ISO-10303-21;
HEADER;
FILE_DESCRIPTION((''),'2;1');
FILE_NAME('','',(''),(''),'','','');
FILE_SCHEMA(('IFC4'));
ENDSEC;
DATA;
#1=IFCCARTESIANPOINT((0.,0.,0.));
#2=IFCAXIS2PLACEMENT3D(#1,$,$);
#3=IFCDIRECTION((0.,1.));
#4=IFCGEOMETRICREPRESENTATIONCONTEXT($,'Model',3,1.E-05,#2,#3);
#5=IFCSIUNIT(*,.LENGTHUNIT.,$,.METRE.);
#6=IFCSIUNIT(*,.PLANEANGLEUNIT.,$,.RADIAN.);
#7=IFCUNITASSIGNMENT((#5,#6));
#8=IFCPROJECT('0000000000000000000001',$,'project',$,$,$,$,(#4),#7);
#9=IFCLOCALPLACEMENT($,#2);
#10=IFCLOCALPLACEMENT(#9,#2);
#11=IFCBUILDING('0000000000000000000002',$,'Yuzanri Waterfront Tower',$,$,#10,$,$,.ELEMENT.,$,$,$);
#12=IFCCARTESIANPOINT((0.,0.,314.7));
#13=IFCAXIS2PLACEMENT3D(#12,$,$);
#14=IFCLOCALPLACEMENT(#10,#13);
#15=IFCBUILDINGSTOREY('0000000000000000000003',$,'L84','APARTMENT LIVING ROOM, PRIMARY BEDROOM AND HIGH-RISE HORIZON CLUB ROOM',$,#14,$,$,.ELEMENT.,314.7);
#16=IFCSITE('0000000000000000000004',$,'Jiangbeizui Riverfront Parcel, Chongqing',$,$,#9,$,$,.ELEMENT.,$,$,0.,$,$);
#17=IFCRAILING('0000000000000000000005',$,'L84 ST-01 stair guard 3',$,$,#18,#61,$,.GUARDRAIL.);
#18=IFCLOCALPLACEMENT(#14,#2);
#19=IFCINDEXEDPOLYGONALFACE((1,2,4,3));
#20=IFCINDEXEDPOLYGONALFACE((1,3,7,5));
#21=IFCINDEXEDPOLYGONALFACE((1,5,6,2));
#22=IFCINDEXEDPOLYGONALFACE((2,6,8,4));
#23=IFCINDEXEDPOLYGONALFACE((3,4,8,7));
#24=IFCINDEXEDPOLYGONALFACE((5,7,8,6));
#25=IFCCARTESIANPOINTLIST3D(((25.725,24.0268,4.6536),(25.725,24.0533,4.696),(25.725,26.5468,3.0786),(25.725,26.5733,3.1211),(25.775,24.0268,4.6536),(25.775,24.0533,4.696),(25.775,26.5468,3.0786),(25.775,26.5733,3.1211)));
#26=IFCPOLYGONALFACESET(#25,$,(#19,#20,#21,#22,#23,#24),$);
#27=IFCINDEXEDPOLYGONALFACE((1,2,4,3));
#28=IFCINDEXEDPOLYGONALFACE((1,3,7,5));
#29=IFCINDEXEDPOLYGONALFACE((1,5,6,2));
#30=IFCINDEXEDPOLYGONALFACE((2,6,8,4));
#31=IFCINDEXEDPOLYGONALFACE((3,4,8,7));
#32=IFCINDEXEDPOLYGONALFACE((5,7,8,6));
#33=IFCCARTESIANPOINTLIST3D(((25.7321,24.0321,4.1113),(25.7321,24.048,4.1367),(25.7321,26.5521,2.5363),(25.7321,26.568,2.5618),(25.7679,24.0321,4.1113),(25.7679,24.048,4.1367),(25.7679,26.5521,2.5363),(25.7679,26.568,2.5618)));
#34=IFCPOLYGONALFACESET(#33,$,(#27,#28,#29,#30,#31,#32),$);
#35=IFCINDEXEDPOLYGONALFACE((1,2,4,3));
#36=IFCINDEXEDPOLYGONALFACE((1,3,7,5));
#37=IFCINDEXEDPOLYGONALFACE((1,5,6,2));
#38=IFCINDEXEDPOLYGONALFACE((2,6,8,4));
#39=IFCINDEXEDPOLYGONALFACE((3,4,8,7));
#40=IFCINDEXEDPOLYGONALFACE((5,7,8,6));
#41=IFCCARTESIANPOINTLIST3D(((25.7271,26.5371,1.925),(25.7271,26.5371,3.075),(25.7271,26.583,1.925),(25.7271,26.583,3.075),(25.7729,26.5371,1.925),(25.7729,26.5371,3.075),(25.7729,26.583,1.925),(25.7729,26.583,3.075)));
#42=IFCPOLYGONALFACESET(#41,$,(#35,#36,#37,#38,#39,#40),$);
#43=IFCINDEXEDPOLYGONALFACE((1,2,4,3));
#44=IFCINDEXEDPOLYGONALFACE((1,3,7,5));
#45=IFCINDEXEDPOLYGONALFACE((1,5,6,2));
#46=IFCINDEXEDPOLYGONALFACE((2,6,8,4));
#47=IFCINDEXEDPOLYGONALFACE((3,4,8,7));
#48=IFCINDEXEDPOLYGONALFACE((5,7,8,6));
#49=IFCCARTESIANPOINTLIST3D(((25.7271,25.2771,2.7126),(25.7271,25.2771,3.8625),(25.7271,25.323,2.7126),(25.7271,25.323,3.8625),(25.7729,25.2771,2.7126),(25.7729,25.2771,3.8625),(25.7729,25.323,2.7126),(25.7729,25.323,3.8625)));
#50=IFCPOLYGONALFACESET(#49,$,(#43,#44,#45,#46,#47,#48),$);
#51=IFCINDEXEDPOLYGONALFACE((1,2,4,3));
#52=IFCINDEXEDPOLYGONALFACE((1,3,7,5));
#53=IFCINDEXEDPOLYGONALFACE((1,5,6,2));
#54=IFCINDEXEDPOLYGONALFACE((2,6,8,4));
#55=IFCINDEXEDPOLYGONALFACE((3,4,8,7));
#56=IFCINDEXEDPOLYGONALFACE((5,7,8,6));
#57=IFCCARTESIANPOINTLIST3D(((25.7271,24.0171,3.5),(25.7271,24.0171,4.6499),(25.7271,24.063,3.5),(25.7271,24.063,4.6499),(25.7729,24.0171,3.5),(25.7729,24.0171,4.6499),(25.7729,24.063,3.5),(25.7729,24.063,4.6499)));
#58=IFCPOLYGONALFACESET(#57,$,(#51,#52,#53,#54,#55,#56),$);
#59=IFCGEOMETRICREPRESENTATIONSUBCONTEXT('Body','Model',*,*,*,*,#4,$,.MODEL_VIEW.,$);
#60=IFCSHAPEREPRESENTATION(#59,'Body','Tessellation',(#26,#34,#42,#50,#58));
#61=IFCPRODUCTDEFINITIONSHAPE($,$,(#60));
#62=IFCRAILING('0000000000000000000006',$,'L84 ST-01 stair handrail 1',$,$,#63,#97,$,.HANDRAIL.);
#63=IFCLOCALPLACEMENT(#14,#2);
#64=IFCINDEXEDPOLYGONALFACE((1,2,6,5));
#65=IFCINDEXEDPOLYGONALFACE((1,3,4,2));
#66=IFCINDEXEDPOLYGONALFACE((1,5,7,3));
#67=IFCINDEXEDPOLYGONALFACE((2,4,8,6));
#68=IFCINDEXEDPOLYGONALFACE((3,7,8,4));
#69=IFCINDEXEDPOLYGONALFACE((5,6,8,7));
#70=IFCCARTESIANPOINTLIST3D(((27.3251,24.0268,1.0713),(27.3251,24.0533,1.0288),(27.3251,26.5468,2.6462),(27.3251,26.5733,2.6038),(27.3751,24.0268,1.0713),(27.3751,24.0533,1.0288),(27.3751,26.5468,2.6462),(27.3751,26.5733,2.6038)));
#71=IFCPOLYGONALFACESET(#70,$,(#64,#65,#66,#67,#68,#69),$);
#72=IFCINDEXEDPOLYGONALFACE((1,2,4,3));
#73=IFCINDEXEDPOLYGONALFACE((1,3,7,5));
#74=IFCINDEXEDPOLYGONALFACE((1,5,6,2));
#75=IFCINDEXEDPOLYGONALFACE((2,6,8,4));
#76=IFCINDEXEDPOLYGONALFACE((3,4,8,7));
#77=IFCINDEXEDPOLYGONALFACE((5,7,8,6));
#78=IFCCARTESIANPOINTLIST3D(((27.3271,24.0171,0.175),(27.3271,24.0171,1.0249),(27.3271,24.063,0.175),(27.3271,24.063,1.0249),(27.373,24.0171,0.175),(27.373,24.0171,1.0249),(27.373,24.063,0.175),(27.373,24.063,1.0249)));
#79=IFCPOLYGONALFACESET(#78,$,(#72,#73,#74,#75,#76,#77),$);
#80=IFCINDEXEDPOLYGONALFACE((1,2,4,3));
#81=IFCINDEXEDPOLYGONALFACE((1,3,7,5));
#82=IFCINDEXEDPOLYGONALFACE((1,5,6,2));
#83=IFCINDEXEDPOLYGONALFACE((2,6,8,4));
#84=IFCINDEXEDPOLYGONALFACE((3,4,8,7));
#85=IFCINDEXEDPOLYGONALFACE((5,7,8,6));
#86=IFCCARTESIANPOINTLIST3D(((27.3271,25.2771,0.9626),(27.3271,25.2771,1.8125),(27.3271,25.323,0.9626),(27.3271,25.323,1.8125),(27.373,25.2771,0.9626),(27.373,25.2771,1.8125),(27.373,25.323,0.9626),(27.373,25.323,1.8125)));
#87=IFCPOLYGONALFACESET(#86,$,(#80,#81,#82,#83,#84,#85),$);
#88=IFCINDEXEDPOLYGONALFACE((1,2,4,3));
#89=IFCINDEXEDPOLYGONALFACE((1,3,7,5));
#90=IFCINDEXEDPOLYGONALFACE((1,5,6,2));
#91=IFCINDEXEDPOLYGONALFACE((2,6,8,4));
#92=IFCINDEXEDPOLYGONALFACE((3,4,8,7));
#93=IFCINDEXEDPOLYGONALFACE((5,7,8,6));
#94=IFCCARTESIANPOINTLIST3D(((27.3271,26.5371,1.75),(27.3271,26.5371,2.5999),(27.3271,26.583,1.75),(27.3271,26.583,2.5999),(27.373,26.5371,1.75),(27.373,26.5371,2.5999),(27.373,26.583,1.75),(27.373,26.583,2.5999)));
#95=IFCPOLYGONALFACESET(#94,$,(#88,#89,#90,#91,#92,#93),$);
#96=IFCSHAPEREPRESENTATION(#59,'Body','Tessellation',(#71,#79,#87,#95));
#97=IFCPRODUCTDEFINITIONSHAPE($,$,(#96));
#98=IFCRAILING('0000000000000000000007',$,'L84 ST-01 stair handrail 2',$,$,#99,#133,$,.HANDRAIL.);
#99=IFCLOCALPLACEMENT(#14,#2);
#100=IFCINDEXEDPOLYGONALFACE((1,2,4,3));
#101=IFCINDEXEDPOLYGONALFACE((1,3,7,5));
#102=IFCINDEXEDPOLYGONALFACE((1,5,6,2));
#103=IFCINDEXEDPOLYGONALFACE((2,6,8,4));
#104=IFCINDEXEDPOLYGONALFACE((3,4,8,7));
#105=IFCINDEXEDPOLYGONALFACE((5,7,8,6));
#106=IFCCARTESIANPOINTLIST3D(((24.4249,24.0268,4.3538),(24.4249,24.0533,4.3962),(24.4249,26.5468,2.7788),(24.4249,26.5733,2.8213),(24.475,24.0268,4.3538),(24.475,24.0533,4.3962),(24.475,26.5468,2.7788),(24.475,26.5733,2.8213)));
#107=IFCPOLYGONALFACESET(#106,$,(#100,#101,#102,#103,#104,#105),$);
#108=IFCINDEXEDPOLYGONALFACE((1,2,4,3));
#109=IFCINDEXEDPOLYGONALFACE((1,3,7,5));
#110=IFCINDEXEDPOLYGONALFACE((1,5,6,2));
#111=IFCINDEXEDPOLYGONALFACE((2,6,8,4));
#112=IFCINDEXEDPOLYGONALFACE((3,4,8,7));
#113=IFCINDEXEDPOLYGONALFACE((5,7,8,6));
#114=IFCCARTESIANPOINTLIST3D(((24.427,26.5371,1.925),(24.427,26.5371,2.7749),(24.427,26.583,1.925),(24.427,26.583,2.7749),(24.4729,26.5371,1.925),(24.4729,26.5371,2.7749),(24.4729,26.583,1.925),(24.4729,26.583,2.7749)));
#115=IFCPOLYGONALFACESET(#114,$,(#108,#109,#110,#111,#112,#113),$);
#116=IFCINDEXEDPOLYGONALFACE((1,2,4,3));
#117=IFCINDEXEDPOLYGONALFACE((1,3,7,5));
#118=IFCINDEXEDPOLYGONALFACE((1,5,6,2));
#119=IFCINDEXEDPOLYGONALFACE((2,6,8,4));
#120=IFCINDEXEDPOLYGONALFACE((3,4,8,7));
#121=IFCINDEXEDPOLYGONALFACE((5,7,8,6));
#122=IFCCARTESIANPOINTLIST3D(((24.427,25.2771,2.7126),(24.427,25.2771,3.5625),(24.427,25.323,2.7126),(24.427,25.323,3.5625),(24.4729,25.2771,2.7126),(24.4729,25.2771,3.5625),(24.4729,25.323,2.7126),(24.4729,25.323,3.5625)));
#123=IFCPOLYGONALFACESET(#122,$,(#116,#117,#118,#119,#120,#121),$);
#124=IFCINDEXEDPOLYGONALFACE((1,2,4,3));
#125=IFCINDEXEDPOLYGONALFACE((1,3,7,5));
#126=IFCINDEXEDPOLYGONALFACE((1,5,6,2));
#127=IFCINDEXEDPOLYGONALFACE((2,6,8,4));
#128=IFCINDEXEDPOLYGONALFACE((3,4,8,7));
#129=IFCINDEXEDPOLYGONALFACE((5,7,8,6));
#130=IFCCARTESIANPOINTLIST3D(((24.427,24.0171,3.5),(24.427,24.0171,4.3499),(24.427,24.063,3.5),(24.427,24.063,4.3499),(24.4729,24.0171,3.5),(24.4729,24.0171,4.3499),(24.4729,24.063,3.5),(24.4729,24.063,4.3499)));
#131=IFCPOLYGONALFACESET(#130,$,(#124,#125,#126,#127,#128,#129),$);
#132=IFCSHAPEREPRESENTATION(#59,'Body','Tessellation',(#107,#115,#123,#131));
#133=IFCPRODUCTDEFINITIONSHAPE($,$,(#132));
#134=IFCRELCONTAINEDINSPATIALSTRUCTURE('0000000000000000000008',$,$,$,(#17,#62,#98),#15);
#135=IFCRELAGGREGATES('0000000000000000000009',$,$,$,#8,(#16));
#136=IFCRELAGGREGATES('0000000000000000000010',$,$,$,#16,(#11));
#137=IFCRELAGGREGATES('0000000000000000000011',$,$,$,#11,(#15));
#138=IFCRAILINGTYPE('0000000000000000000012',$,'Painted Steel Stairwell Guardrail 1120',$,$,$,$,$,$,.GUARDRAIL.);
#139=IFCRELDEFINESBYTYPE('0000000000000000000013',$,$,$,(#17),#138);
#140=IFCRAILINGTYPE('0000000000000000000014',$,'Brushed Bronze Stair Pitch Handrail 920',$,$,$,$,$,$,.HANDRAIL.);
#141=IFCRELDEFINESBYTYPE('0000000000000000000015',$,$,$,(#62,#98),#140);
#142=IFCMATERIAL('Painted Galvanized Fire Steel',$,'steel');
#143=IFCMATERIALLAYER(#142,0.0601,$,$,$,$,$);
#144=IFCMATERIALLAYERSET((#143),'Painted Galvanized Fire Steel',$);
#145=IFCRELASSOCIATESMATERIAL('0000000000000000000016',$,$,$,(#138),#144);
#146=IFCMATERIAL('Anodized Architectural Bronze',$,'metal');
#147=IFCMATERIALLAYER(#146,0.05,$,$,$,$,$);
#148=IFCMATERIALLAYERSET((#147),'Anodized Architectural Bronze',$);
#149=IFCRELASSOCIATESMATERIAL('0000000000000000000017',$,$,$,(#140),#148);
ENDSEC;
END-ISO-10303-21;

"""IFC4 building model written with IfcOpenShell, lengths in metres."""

from ifc_helpers import new_model, si_unit, direction, frame, origin, origin_2d, place, context, subcontext, project, spatial, rectangle, extrude, source, transform, mapped, material, layer, layer_set, type_object, element, save


model = new_model("IFC4")

# Units and contexts
model_context = context("Model", 3, precision=1e-05, world=origin(), true_north=direction((0.0, 1.0)))
body_context = subcontext(model_context, "Body", "Model", "MODEL_VIEW")
ifc_project = project(units=[si_unit("LENGTHUNIT", "METRE"), si_unit("PLANEANGLEUNIT", "RADIAN")], contexts=[model_context])

# Site, building, storey
site_placement = place(None, origin())
site = spatial("IfcSite", under=ifc_project, at=site_placement, Name="Jiangbeizui Riverfront Parcel, Chongqing", CompositionType="ELEMENT", RefElevation=0.0)
building_placement = place(site_placement, origin())
building = spatial("IfcBuilding", under=site, at=building_placement, Name="Yuzanri Waterfront Tower", CompositionType="ELEMENT")
storey_placement = place(building_placement, frame((0.0, 0.0, 314.7)))
storey = spatial("IfcBuildingStorey", under=building, at=storey_placement, Name="L84", Description="APARTMENT LIVING ROOM, PRIMARY BEDROOM AND HIGH-RISE HORIZON CLUB ROOM", CompositionType="ELEMENT", Elevation=314.7)

# Railings
ifc_material_1 = material(Name="Painted Galvanized Fire Steel", Category="steel")
ifc_layer_1 = layer(ifc_material_1, 0.0601)
ifc_layer_set_1 = layer_set([ifc_layer_1], Name="Painted Galvanized Fire Steel")
railing_type_1 = type_object("IfcRailingType", Name="Painted Steel Stairwell Guardrail 1120", PredefinedType="GUARDRAIL", material=ifc_layer_set_1)
shared_shape_1 = source(origin(), body_context, "Body", "SweptSolid", [
    extrude(rectangle(XDim=0.05, YDim=0.05, at=origin_2d()), frame((0.0, 0.0, 1.1748), z_axis=(0.0, -0.848008, 0.529984), x_axis=(1.0, 0.0, 0.0)), (0.0, 0.0, 1.0), 2.9717),
    extrude(rectangle(XDim=0.0359, YDim=0.03, at=origin_2d()), frame((0.0, 0.0, 0.624), z_axis=(0.0, -0.848008, 0.529984), x_axis=(1.0, 0.0, 0.0)), (0.0, 0.0, 1.0), 2.9717),
    extrude(rectangle(XDim=0.0459, YDim=0.0459, at=origin_2d()), origin(), (0.0, 0.0, 1.0), 1.1499),
    extrude(rectangle(XDim=0.0459, YDim=0.0459, at=origin_2d()), frame((0.0, -1.26, 0.7876)), (0.0, 0.0, 1.0), 1.1499),
    extrude(rectangle(XDim=0.0459, YDim=0.0459, at=origin_2d()), frame((0.0, -2.52, 1.575)), (0.0, 0.0, 1.0), 1.1499),
])
railing_1_placement = place(storey_placement, frame((25.75, 26.5601, 1.925)))
element("IfcRailing", 1, at=railing_1_placement, inside=storey, type_object=railing_type_1, Name="L84 ST-01 stair guard 3", PredefinedType="GUARDRAIL", context=body_context, shape_type="MappedRepresentation", body=[
    mapped(shared_shape_1, transform((0.0, 0.0, 0.0), scale=1.0)),
])
ifc_material_2 = material(Name="Anodized Architectural Bronze", Category="metal")
ifc_layer_2 = layer(ifc_material_2, 0.05)
ifc_layer_set_2 = layer_set([ifc_layer_2], Name="Anodized Architectural Bronze")
railing_type_2 = type_object("IfcRailingType", Name="Brushed Bronze Stair Pitch Handrail 920", PredefinedType="HANDRAIL", material=ifc_layer_set_2)
shared_shape_2 = source(origin(), body_context, "Body", "SweptSolid", [
    extrude(rectangle(XDim=0.05, YDim=0.05, at=origin_2d()), frame((0.0, 0.0, 0.875), z_axis=(0.0, 0.848008, 0.529984), x_axis=(-1.0, 0.0, 0.0)), (0.0, 0.0, 1.0), 2.9717),
    extrude(rectangle(XDim=0.0459, YDim=0.0459, at=origin_2d()), origin(), (0.0, 0.0, 1.0), 0.8499),
    extrude(rectangle(XDim=0.0459, YDim=0.0459, at=origin_2d()), frame((0.0, 1.26, 0.7876)), (0.0, 0.0, 1.0), 0.8499),
    extrude(rectangle(XDim=0.0459, YDim=0.0459, at=origin_2d()), frame((0.0, 2.52, 1.575)), (0.0, 0.0, 1.0), 0.8499),
])
railing_2_placement = place(storey_placement, frame((27.3501, 24.04, 0.175)))
element("IfcRailing", 2, at=railing_2_placement, inside=storey, type_object=railing_type_2, Name="L84 ST-01 stair handrail 1", PredefinedType="HANDRAIL", context=body_context, shape_type="MappedRepresentation", body=[
    mapped(shared_shape_2, transform((0.0, 0.0, 0.0), scale=1.0)),
])
shared_shape_3 = source(origin(), body_context, "Body", "SweptSolid", [
    extrude(rectangle(XDim=0.05, YDim=0.05, at=origin_2d()), frame((0.0, 0.0, 0.875), z_axis=(0.0, -0.848008, 0.529984), x_axis=(1.0, 0.0, 0.0)), (0.0, 0.0, 1.0), 2.9717),
    extrude(rectangle(XDim=0.0459, YDim=0.0459, at=origin_2d()), origin(), (0.0, 0.0, 1.0), 0.8499),
    extrude(rectangle(XDim=0.0459, YDim=0.0459, at=origin_2d()), frame((0.0, -1.26, 0.7876)), (0.0, 0.0, 1.0), 0.8499),
    extrude(rectangle(XDim=0.0459, YDim=0.0459, at=origin_2d()), frame((0.0, -2.52, 1.575)), (0.0, 0.0, 1.0), 0.8499),
])
railing_3_placement = place(storey_placement, frame((24.45, 26.5601, 1.925)))
element("IfcRailing", 3, at=railing_3_placement, inside=storey, type_object=railing_type_2, Name="L84 ST-01 stair handrail 2", PredefinedType="HANDRAIL", context=body_context, shape_type="MappedRepresentation", body=[
    mapped(shared_shape_3, transform((0.0, 0.0, 0.0), scale=1.0)),
])

save(model, "model.ifc")
